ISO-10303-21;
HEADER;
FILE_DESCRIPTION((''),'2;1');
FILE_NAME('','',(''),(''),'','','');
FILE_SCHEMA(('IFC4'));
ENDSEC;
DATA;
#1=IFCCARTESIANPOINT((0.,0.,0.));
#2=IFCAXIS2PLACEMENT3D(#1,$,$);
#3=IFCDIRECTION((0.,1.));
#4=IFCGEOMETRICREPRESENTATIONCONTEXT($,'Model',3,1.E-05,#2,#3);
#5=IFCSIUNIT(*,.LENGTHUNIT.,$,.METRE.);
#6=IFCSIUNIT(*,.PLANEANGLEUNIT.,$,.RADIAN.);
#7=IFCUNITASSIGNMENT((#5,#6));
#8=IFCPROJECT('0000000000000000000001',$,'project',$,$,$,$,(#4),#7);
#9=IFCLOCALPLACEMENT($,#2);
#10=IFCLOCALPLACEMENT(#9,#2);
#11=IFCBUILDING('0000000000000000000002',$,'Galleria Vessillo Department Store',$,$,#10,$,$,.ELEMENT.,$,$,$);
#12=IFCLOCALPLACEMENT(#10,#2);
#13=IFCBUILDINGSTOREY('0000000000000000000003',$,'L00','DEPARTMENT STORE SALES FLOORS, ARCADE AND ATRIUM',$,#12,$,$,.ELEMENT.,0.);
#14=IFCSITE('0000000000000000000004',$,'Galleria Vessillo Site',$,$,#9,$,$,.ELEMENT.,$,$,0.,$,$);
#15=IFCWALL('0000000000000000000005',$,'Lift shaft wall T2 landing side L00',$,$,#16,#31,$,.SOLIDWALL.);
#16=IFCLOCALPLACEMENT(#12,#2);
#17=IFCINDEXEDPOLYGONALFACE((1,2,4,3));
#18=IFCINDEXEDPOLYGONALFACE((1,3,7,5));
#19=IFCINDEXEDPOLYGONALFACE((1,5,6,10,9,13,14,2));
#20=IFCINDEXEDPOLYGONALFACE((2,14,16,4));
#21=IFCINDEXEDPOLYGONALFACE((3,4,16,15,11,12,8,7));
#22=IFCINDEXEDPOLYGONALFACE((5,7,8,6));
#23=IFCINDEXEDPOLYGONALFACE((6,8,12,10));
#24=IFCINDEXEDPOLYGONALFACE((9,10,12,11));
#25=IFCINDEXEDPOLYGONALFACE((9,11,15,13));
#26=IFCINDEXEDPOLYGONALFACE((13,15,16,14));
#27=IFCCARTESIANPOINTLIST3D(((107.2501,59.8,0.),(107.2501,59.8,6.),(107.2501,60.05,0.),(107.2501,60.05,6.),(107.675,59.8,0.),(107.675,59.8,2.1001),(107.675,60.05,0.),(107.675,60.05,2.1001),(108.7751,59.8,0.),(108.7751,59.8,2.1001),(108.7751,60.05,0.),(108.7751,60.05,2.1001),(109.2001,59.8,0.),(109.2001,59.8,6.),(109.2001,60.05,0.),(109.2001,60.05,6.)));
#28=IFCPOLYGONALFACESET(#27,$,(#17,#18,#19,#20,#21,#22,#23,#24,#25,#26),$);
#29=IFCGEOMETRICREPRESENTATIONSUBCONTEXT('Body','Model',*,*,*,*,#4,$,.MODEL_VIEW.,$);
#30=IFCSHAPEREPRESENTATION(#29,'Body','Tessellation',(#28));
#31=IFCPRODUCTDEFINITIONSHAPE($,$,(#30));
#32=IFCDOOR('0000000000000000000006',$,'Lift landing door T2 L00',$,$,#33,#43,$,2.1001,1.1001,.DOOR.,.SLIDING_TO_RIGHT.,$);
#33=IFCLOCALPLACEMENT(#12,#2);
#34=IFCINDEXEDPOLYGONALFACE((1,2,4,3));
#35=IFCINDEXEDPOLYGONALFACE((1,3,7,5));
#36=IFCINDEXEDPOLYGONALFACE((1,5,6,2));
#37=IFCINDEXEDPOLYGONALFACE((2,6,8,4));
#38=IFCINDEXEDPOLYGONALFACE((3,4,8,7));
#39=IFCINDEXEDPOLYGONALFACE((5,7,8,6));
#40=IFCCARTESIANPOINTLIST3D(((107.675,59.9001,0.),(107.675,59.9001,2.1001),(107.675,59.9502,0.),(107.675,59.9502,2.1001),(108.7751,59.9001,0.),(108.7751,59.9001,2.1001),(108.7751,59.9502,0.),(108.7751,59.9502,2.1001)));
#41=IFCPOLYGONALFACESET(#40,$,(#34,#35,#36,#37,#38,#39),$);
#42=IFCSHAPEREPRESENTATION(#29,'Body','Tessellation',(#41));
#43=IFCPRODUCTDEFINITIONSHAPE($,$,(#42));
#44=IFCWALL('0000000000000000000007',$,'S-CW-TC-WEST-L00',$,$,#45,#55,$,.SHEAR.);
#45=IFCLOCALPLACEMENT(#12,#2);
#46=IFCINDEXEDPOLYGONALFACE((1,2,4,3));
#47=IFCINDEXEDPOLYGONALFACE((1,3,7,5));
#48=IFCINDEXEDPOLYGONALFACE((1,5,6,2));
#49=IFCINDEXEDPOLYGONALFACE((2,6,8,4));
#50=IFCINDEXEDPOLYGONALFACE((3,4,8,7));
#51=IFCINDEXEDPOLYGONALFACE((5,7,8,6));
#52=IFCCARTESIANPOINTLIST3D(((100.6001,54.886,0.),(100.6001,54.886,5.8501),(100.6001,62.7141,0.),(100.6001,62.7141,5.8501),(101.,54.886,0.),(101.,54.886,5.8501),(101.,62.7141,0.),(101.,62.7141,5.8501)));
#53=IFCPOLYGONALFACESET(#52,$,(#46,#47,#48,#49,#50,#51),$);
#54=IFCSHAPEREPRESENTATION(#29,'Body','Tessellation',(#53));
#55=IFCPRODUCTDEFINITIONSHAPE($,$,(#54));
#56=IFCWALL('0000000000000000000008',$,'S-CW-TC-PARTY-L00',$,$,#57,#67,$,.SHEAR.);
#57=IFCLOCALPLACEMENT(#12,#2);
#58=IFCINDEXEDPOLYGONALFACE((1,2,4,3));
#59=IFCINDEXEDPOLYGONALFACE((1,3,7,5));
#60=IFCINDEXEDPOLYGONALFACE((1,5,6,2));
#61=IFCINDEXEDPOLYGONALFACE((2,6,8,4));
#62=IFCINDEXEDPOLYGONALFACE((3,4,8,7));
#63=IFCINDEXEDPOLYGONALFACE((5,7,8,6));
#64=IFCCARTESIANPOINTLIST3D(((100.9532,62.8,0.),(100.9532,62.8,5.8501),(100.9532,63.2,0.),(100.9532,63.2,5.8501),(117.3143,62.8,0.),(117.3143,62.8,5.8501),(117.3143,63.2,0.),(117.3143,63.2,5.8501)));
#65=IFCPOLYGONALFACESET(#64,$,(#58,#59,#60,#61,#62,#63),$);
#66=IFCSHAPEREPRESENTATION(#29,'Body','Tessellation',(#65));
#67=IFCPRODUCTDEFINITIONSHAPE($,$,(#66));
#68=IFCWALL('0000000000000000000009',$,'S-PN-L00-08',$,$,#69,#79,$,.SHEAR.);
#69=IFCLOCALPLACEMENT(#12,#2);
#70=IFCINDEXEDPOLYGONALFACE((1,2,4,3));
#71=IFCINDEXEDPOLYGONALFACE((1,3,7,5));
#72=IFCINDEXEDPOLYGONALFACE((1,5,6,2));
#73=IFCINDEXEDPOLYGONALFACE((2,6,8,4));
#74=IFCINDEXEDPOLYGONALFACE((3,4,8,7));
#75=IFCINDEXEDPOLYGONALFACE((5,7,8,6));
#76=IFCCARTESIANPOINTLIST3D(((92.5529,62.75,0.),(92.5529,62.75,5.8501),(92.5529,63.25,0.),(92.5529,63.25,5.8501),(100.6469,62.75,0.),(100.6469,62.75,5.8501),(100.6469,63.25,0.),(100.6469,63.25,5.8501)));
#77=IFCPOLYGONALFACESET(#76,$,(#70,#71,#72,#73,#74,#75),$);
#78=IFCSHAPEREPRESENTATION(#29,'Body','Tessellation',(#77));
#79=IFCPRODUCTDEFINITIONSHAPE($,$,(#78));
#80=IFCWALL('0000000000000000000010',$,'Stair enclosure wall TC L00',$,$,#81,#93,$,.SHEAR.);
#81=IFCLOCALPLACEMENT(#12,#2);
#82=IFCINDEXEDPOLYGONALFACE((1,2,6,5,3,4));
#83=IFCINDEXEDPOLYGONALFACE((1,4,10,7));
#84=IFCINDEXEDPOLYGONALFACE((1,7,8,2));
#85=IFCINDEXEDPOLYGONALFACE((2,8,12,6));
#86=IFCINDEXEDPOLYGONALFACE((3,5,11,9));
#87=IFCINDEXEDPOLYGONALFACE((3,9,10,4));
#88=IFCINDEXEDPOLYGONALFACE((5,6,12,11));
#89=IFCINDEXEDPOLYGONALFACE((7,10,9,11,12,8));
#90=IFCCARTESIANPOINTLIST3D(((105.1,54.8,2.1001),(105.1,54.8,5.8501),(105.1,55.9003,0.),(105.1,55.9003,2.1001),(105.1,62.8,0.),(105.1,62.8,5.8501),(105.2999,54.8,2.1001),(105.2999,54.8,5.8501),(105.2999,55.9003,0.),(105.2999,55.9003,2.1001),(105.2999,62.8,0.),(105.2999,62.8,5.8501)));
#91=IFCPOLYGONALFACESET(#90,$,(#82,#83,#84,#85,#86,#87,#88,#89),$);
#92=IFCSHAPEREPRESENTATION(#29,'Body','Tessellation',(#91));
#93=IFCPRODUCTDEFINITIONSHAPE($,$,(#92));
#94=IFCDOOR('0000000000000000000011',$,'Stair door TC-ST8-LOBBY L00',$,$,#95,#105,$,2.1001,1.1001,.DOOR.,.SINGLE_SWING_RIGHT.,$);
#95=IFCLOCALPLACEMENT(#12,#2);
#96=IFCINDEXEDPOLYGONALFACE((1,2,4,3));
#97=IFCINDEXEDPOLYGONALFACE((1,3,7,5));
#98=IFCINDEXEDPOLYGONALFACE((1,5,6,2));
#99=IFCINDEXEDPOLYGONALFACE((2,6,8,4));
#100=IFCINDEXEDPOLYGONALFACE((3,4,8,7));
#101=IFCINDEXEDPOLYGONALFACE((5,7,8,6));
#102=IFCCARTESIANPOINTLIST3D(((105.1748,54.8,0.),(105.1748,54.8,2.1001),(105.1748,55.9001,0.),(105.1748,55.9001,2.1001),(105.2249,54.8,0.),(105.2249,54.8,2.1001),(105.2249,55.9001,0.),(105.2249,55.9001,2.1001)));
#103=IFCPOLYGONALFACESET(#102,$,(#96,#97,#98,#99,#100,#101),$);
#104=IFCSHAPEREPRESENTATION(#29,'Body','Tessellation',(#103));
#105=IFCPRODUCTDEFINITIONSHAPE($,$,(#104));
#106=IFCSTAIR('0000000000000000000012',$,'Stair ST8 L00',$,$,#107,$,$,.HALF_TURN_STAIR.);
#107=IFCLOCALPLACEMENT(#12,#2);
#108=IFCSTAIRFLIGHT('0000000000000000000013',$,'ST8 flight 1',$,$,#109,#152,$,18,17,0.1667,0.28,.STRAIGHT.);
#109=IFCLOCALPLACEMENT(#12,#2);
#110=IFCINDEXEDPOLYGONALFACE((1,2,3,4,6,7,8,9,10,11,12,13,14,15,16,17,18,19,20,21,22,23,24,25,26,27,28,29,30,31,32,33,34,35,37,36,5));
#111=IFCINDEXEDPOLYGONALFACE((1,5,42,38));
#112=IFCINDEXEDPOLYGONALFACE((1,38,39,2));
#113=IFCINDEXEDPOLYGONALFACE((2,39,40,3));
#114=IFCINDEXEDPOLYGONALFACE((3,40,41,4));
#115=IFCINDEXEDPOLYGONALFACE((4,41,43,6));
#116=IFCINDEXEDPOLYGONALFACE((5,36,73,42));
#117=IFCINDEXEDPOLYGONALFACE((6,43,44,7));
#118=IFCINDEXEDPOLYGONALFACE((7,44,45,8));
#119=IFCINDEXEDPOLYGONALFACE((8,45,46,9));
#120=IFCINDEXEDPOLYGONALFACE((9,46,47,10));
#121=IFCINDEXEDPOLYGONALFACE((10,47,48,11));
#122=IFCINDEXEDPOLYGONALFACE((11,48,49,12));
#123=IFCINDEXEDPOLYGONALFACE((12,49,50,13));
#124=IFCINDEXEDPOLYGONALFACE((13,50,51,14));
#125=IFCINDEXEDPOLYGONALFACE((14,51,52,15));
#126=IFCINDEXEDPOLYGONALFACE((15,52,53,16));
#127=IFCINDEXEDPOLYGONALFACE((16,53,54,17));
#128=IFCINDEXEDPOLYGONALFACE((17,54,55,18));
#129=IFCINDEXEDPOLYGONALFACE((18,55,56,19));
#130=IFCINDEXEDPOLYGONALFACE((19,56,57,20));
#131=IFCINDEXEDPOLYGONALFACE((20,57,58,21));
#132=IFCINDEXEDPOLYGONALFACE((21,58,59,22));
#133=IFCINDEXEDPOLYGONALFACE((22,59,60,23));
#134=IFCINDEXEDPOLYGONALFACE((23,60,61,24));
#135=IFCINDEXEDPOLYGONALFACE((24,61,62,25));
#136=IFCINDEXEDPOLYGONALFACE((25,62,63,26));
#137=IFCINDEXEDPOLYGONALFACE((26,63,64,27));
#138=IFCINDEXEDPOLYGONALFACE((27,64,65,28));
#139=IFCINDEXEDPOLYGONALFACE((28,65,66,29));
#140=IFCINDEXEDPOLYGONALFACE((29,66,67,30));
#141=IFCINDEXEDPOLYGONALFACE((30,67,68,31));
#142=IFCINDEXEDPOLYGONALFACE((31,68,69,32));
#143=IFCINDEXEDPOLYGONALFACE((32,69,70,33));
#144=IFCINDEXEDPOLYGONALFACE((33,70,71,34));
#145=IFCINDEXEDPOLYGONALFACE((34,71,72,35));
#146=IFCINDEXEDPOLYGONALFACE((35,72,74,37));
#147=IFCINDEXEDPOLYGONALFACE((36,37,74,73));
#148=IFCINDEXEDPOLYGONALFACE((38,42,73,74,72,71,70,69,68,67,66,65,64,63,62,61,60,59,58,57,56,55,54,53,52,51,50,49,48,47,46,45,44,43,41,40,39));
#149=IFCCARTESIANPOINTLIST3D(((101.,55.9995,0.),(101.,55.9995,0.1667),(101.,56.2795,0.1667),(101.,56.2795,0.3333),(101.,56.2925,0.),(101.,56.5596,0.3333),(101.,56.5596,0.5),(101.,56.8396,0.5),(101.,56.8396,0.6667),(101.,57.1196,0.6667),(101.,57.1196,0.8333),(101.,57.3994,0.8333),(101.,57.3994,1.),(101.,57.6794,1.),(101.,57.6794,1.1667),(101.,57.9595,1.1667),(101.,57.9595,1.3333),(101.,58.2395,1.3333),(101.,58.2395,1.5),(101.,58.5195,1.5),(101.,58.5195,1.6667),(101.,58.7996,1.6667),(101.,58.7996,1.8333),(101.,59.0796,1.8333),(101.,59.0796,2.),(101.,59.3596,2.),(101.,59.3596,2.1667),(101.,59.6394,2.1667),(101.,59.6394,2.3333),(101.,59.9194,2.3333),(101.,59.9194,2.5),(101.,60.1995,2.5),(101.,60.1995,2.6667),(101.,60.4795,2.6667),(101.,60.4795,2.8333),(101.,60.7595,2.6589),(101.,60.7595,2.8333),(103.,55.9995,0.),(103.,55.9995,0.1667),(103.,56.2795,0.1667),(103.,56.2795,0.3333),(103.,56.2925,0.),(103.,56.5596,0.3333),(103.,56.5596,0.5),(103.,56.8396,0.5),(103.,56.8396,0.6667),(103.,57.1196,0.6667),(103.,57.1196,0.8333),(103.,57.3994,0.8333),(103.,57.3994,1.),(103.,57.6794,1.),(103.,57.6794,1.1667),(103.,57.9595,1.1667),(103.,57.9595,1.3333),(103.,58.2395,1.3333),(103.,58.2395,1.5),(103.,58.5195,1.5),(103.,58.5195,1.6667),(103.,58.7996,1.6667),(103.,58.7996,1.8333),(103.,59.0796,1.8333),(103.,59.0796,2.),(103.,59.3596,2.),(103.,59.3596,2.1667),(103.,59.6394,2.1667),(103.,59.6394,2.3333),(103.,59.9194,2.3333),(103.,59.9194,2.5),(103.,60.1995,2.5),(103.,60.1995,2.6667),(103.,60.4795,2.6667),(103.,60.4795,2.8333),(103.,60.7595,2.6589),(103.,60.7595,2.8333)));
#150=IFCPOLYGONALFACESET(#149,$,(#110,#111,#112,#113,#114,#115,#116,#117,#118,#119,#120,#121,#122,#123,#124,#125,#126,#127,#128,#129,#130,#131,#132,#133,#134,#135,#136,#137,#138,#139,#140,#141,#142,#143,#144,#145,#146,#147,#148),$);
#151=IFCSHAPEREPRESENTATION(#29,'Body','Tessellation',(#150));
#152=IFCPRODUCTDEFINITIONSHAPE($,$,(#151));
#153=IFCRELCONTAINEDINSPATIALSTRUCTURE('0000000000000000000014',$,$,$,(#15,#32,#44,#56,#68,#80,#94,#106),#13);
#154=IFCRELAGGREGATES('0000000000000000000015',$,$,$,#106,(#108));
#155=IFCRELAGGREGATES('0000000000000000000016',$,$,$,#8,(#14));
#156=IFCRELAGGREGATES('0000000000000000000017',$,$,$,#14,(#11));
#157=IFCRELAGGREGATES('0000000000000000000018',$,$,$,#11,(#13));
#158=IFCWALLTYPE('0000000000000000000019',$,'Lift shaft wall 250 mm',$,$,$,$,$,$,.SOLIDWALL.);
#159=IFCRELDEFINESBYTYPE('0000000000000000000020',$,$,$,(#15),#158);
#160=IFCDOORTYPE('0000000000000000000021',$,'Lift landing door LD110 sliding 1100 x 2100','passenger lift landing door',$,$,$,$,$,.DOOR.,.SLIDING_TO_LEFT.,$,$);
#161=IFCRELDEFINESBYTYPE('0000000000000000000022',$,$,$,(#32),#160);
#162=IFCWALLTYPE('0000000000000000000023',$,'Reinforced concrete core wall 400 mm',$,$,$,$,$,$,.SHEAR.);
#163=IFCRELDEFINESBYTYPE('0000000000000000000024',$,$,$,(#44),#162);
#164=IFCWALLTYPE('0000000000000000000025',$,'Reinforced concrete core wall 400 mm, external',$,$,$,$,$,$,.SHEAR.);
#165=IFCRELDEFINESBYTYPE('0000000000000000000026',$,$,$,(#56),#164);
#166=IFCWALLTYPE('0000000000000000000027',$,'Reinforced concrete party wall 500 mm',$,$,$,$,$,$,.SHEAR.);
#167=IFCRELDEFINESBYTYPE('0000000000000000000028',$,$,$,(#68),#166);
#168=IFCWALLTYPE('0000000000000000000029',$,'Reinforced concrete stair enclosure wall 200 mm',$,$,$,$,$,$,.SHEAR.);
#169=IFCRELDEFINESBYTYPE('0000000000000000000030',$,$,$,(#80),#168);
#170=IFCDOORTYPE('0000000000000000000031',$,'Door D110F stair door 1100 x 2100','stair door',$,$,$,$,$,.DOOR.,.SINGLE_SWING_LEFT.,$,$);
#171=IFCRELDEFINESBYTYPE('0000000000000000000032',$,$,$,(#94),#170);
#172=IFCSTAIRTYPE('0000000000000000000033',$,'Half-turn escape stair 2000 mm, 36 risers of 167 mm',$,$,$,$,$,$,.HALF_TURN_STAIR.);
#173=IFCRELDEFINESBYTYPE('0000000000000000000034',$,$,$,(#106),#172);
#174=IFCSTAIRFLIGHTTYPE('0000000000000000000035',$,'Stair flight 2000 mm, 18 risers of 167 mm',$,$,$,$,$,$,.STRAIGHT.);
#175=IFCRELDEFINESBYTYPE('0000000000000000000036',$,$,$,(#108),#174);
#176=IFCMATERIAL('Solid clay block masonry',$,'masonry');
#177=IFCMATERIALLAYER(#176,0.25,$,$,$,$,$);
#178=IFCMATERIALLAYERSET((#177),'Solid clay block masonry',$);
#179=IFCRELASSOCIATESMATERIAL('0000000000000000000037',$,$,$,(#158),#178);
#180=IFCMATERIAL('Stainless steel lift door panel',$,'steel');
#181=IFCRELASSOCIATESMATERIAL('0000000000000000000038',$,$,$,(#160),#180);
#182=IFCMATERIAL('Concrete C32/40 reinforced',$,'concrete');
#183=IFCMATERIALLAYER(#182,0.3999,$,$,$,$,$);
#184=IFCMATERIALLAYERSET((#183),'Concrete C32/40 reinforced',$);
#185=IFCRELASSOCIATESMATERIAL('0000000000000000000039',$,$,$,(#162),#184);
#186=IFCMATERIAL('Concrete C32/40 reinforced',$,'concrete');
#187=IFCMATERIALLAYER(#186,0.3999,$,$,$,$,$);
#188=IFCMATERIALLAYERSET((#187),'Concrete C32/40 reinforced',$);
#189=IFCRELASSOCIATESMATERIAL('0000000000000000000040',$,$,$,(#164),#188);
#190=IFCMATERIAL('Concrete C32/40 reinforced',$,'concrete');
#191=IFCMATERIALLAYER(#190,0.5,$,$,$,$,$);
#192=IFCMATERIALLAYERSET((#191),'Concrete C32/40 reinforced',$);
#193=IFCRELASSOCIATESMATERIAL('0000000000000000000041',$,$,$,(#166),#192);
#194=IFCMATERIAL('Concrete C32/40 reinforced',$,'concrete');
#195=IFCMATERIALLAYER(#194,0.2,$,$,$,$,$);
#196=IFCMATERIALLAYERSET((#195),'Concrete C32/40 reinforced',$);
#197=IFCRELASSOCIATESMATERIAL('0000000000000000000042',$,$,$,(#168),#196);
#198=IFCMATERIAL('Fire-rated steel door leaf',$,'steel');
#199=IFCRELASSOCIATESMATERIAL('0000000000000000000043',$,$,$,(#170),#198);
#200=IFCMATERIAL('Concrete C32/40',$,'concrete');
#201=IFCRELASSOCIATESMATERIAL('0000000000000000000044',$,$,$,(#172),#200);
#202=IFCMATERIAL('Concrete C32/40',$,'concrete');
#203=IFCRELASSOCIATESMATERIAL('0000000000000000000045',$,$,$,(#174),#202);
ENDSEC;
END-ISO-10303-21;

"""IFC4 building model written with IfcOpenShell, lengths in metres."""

from ifc_helpers import new_model, si_unit, direction, frame, frame_2d, origin, place, context, subcontext, project, spatial, polyline, rectangle, outline, extrude, material, layer, layer_set, type_object, element, fill, aggregate, save


model = new_model("IFC4")

# Units and contexts
model_context = context("Model", 3, precision=1e-05, world=origin(), true_north=direction((0.0, 1.0)))
body_context = subcontext(model_context, "Body", "Model", "MODEL_VIEW")
ifc_project = project(units=[si_unit("LENGTHUNIT", "METRE"), si_unit("PLANEANGLEUNIT", "RADIAN")], contexts=[model_context])

# Site, building, storey
site_placement = place(None, origin())
site = spatial("IfcSite", under=ifc_project, at=site_placement, Name="Galleria Vessillo Site", CompositionType="ELEMENT", RefElevation=0.0)
building_placement = place(site_placement, origin())
building = spatial("IfcBuilding", under=site, at=building_placement, Name="Galleria Vessillo Department Store", CompositionType="ELEMENT")
storey_placement = place(building_placement, origin())
storey = spatial("IfcBuildingStorey", under=building, at=storey_placement, Name="L00", Description="DEPARTMENT STORE SALES FLOORS, ARCADE AND ATRIUM", CompositionType="ELEMENT", Elevation=0.0)

# Wall, opening, door
ifc_material_1 = material(Name="Solid clay block masonry", Category="masonry")
ifc_layer_1 = layer(ifc_material_1, 0.25)
ifc_layer_set_1 = layer_set([ifc_layer_1], Name="Solid clay block masonry")
wall_type_1 = type_object("IfcWallType", Name="Lift shaft wall 250 mm", PredefinedType="SOLIDWALL", material=ifc_layer_set_1)
ifc_material_2 = material(Name="Stainless steel lift door panel", Category="steel")
door_type_1 = type_object("IfcDoorType", Name="Lift landing door LD110 sliding 1100 x 2100", Description="passenger lift landing door", OperationType="SLIDING_TO_LEFT", PredefinedType="DOOR", material=ifc_material_2)
wall_1_placement = place(storey_placement, frame((107.25, 59.925, 0.0), z_axis=(0.0, 0.0, 1.0), x_axis=(1.0, 0.0, 0.0)))
wall_1 = element("IfcWall", 1, at=wall_1_placement, inside=storey, type_object=wall_type_1, Name="Lift shaft wall T2 landing side L00", PredefinedType="SOLIDWALL", context=body_context, shape_type="SweptSolid", body=[
    extrude(rectangle(XDim=1.95, YDim=0.25, at=frame_2d((0.9751, 0.0))), origin(), (0.0, 0.0, 1.0), 6.0),
])
opening_1_placement = place(wall_1_placement, frame((0.425, 0.0, 0.0)))
opening_1 = element("IfcOpeningElement", 2, at=opening_1_placement, cuts=wall_1, PredefinedType="OPENING", context=body_context, shape_type="SweptSolid", body=[
    extrude(rectangle(XDim=1.1001, YDim=2.1001, at=frame_2d((0.55, 1.05))), frame((0.0, 0.135, 0.0), z_axis=(0.0, -1.0, 0.0), x_axis=(1.0, 0.0, 0.0)), (0.0, 0.0, 1.0), 0.27),
])
door_1_placement = place(opening_1_placement, frame((1.1001, 0.0, 0.0), z_axis=(0.0, 0.0, 1.0), x_axis=(-1.0, 0.0, 0.0)))
door_1 = element("IfcDoor", 3, at=door_1_placement, inside=storey, type_object=door_type_1, Name="Lift landing door T2 L00", OperationType="SLIDING_TO_RIGHT", OverallHeight=2.1001, OverallWidth=1.1001, PredefinedType="DOOR", context=body_context, shape_type="SweptSolid", body=[
    extrude(rectangle(XDim=1.1001, YDim=2.1001, at=frame_2d((0.55, 1.05))), frame((0.0, 0.0249, 0.0), z_axis=(0.0, -1.0, 0.0), x_axis=(1.0, 0.0, 0.0)), (0.0, 0.0, 1.0), 0.05),
])
fill(opening_1, door_1)

# Shared definitions
ifc_material_3 = material(Name="Concrete C32/40 reinforced", Category="concrete")
ifc_layer_2 = layer(ifc_material_3, 0.3999)
ifc_layer_set_2 = layer_set([ifc_layer_2], Name="Concrete C32/40 reinforced")
wall_type_2 = type_object("IfcWallType", Name="Reinforced concrete core wall 400 mm", PredefinedType="SHEAR", material=ifc_layer_set_2)

# Walls
wall_2_placement = place(storey_placement, frame((100.8, 54.886, 0.0), z_axis=(0.0, 0.0, 1.0), x_axis=(0.0, 1.0, 0.0)))
element("IfcWall", 4, at=wall_2_placement, inside=storey, type_object=wall_type_2, Name="S-CW-TC-WEST-L00", PredefinedType="SHEAR", context=body_context, shape_type="SweptSolid", body=[
    extrude(rectangle(XDim=7.8281, YDim=0.3999, at=frame_2d((3.9141, 0.0))), origin(), (0.0, 0.0, 1.0), 5.8501),
])
ifc_material_4 = material(Name="Concrete C32/40 reinforced", Category="concrete")
ifc_layer_3 = layer(ifc_material_4, 0.3999)
ifc_layer_set_3 = layer_set([ifc_layer_3], Name="Concrete C32/40 reinforced")
wall_type_3 = type_object("IfcWallType", Name="Reinforced concrete core wall 400 mm, external", PredefinedType="SHEAR", material=ifc_layer_set_3)
wall_3_placement = place(storey_placement, frame((100.9531, 63.0, 0.0), z_axis=(0.0, 0.0, 1.0), x_axis=(1.0, 0.0, 0.0)))
element("IfcWall", 5, at=wall_3_placement, inside=storey, type_object=wall_type_3, Name="S-CW-TC-PARTY-L00", PredefinedType="SHEAR", context=body_context, shape_type="SweptSolid", body=[
    extrude(rectangle(XDim=16.3611, YDim=0.3999, at=frame_2d((8.1807, 0.0))), origin(), (0.0, 0.0, 1.0), 5.8501),
])
ifc_material_5 = material(Name="Concrete C32/40 reinforced", Category="concrete")
ifc_layer_4 = layer(ifc_material_5, 0.5)
ifc_layer_set_4 = layer_set([ifc_layer_4], Name="Concrete C32/40 reinforced")
wall_type_4 = type_object("IfcWallType", Name="Reinforced concrete party wall 500 mm", PredefinedType="SHEAR", material=ifc_layer_set_4)
wall_4_placement = place(storey_placement, frame((92.553, 63.0, 0.0), z_axis=(0.0, 0.0, 1.0), x_axis=(1.0, 0.0, 0.0)))
element("IfcWall", 6, at=wall_4_placement, inside=storey, type_object=wall_type_4, Name="S-PN-L00-08", PredefinedType="SHEAR", context=body_context, shape_type="SweptSolid", body=[
    extrude(rectangle(XDim=8.094, YDim=0.5, at=frame_2d((4.0469, 0.0))), origin(), (0.0, 0.0, 1.0), 5.8501),
])

# Wall, opening, door
ifc_material_6 = material(Name="Concrete C32/40 reinforced", Category="concrete")
ifc_layer_5 = layer(ifc_material_6, 0.2)
ifc_layer_set_5 = layer_set([ifc_layer_5], Name="Concrete C32/40 reinforced")
wall_type_5 = type_object("IfcWallType", Name="Reinforced concrete stair enclosure wall 200 mm", PredefinedType="SHEAR", material=ifc_layer_set_5)
wall_5_placement = place(storey_placement, frame((105.2, 62.8, 0.0), z_axis=(0.0, 0.0, 1.0), x_axis=(0.0, -1.0, 0.0)))
wall_5 = element("IfcWall", 7, at=wall_5_placement, inside=storey, type_object=wall_type_5, Name="Stair enclosure wall TC L00", PredefinedType="SHEAR", context=body_context, shape_type="SweptSolid", body=[
    extrude(rectangle(XDim=8.0, YDim=0.2, at=frame_2d((4.0, 0.0))), origin(), (0.0, 0.0, 1.0), 5.8501),
])
opening_2_placement = place(wall_5_placement, frame((6.8999, 0.0, 0.0)))
opening_2 = element("IfcOpeningElement", 8, at=opening_2_placement, cuts=wall_5, PredefinedType="OPENING", context=body_context, shape_type="SweptSolid", body=[
    extrude(rectangle(XDim=1.1101, YDim=2.1001, at=frame_2d((0.5549, 1.05))), frame((0.0, 0.1099, 0.0), z_axis=(0.0, -1.0, 0.0), x_axis=(1.0, 0.0, 0.0)), (0.0, 0.0, 1.0), 0.22),
])
ifc_material_7 = material(Name="Fire-rated steel door leaf", Category="steel")
door_type_2 = type_object("IfcDoorType", Name="Door D110F stair door 1100 x 2100", Description="stair door", OperationType="SINGLE_SWING_LEFT", PredefinedType="DOOR", material=ifc_material_7)
door_2_placement = place(opening_2_placement, origin())
door_2 = element("IfcDoor", 9, at=door_2_placement, inside=storey, type_object=door_type_2, Name="Stair door TC-ST8-LOBBY L00", OperationType="SINGLE_SWING_RIGHT", OverallHeight=2.1001, OverallWidth=1.1001, PredefinedType="DOOR", context=body_context, shape_type="SweptSolid", body=[
    extrude(rectangle(XDim=1.1001, YDim=2.1001, at=frame_2d((0.55, 1.05))), frame((0.0, 0.0249, 0.0), z_axis=(0.0, -1.0, 0.0), x_axis=(1.0, 0.0, 0.0)), (0.0, 0.0, 1.0), 0.05),
])
fill(opening_2, door_2)

# Stair, stair flight
ifc_material_8 = material(Name="Concrete C32/40", Category="concrete")
stair_type = type_object("IfcStairType", Name="Half-turn escape stair 2000 mm, 36 risers of 167 mm", PredefinedType="HALF_TURN_STAIR", material=ifc_material_8)
stair_placement = place(storey_placement, origin())
stair = element("IfcStair", 10, at=stair_placement, inside=storey, type_object=stair_type, Name="Stair ST8 L00", PredefinedType="HALF_TURN_STAIR")
ifc_material_9 = material(Name="Concrete C32/40", Category="concrete")
stair_flight_type = type_object("IfcStairFlightType", Name="Stair flight 2000 mm, 18 risers of 167 mm", PredefinedType="STRAIGHT", material=ifc_material_9)
stair_flight_1_placement = place(storey_placement, frame((102.0, 55.9995, 0.0), z_axis=(0.0, 0.0, 1.0), x_axis=(0.0, 1.0, 0.0)))
stair_flight_1 = element("IfcStairFlight", 11, at=stair_flight_1_placement, type_object=stair_flight_type, Name="ST8 flight 1", NumberOfRisers=18, NumberOfTreads=17, PredefinedType="STRAIGHT", RiserHeight=0.1667, TreadLength=0.28, context=body_context, shape_type="SweptSolid", body=[
    extrude(outline(polyline([(0.0, 0.0), (0.0, 0.1667), (0.28, 0.1667), (0.28, 0.3333), (0.5601, 0.3333), (0.5601, 0.5), (0.8401, 0.5), (0.8401, 0.6667), (1.1201, 0.6667), (1.1201, 0.8333), (1.3999, 0.8333), (1.3999, 1.0), (1.6799, 1.0), (1.6799, 1.1667), (1.96, 1.1667), (1.96, 1.3333), (2.24, 1.3333), (2.24, 1.5), (2.52, 1.5), (2.52, 1.6667), (2.8, 1.6667), (2.8, 1.8333), (3.0801, 1.8333), (3.0801, 2.0), (3.3601, 2.0), (3.3601, 2.1667), (3.6399, 2.1667), (3.6399, 2.3333), (3.9199, 2.3333), (3.9199, 2.5), (4.2, 2.5), (4.2, 2.6667), (4.48, 2.6667), (4.48, 2.8333), (4.76, 2.8333), (4.76, 3.0), (4.76, 2.6589), (0.293, 0.0), (0.0, 0.0)])), frame((0.0, 1.0, 0.0), z_axis=(0.0, -1.0, 0.0), x_axis=(1.0, 0.0, 0.0)), (0.0, 0.0, 1.0), 2.0),
])
aggregate(stair, [stair_flight_1])

save(model, "model.ifc")
